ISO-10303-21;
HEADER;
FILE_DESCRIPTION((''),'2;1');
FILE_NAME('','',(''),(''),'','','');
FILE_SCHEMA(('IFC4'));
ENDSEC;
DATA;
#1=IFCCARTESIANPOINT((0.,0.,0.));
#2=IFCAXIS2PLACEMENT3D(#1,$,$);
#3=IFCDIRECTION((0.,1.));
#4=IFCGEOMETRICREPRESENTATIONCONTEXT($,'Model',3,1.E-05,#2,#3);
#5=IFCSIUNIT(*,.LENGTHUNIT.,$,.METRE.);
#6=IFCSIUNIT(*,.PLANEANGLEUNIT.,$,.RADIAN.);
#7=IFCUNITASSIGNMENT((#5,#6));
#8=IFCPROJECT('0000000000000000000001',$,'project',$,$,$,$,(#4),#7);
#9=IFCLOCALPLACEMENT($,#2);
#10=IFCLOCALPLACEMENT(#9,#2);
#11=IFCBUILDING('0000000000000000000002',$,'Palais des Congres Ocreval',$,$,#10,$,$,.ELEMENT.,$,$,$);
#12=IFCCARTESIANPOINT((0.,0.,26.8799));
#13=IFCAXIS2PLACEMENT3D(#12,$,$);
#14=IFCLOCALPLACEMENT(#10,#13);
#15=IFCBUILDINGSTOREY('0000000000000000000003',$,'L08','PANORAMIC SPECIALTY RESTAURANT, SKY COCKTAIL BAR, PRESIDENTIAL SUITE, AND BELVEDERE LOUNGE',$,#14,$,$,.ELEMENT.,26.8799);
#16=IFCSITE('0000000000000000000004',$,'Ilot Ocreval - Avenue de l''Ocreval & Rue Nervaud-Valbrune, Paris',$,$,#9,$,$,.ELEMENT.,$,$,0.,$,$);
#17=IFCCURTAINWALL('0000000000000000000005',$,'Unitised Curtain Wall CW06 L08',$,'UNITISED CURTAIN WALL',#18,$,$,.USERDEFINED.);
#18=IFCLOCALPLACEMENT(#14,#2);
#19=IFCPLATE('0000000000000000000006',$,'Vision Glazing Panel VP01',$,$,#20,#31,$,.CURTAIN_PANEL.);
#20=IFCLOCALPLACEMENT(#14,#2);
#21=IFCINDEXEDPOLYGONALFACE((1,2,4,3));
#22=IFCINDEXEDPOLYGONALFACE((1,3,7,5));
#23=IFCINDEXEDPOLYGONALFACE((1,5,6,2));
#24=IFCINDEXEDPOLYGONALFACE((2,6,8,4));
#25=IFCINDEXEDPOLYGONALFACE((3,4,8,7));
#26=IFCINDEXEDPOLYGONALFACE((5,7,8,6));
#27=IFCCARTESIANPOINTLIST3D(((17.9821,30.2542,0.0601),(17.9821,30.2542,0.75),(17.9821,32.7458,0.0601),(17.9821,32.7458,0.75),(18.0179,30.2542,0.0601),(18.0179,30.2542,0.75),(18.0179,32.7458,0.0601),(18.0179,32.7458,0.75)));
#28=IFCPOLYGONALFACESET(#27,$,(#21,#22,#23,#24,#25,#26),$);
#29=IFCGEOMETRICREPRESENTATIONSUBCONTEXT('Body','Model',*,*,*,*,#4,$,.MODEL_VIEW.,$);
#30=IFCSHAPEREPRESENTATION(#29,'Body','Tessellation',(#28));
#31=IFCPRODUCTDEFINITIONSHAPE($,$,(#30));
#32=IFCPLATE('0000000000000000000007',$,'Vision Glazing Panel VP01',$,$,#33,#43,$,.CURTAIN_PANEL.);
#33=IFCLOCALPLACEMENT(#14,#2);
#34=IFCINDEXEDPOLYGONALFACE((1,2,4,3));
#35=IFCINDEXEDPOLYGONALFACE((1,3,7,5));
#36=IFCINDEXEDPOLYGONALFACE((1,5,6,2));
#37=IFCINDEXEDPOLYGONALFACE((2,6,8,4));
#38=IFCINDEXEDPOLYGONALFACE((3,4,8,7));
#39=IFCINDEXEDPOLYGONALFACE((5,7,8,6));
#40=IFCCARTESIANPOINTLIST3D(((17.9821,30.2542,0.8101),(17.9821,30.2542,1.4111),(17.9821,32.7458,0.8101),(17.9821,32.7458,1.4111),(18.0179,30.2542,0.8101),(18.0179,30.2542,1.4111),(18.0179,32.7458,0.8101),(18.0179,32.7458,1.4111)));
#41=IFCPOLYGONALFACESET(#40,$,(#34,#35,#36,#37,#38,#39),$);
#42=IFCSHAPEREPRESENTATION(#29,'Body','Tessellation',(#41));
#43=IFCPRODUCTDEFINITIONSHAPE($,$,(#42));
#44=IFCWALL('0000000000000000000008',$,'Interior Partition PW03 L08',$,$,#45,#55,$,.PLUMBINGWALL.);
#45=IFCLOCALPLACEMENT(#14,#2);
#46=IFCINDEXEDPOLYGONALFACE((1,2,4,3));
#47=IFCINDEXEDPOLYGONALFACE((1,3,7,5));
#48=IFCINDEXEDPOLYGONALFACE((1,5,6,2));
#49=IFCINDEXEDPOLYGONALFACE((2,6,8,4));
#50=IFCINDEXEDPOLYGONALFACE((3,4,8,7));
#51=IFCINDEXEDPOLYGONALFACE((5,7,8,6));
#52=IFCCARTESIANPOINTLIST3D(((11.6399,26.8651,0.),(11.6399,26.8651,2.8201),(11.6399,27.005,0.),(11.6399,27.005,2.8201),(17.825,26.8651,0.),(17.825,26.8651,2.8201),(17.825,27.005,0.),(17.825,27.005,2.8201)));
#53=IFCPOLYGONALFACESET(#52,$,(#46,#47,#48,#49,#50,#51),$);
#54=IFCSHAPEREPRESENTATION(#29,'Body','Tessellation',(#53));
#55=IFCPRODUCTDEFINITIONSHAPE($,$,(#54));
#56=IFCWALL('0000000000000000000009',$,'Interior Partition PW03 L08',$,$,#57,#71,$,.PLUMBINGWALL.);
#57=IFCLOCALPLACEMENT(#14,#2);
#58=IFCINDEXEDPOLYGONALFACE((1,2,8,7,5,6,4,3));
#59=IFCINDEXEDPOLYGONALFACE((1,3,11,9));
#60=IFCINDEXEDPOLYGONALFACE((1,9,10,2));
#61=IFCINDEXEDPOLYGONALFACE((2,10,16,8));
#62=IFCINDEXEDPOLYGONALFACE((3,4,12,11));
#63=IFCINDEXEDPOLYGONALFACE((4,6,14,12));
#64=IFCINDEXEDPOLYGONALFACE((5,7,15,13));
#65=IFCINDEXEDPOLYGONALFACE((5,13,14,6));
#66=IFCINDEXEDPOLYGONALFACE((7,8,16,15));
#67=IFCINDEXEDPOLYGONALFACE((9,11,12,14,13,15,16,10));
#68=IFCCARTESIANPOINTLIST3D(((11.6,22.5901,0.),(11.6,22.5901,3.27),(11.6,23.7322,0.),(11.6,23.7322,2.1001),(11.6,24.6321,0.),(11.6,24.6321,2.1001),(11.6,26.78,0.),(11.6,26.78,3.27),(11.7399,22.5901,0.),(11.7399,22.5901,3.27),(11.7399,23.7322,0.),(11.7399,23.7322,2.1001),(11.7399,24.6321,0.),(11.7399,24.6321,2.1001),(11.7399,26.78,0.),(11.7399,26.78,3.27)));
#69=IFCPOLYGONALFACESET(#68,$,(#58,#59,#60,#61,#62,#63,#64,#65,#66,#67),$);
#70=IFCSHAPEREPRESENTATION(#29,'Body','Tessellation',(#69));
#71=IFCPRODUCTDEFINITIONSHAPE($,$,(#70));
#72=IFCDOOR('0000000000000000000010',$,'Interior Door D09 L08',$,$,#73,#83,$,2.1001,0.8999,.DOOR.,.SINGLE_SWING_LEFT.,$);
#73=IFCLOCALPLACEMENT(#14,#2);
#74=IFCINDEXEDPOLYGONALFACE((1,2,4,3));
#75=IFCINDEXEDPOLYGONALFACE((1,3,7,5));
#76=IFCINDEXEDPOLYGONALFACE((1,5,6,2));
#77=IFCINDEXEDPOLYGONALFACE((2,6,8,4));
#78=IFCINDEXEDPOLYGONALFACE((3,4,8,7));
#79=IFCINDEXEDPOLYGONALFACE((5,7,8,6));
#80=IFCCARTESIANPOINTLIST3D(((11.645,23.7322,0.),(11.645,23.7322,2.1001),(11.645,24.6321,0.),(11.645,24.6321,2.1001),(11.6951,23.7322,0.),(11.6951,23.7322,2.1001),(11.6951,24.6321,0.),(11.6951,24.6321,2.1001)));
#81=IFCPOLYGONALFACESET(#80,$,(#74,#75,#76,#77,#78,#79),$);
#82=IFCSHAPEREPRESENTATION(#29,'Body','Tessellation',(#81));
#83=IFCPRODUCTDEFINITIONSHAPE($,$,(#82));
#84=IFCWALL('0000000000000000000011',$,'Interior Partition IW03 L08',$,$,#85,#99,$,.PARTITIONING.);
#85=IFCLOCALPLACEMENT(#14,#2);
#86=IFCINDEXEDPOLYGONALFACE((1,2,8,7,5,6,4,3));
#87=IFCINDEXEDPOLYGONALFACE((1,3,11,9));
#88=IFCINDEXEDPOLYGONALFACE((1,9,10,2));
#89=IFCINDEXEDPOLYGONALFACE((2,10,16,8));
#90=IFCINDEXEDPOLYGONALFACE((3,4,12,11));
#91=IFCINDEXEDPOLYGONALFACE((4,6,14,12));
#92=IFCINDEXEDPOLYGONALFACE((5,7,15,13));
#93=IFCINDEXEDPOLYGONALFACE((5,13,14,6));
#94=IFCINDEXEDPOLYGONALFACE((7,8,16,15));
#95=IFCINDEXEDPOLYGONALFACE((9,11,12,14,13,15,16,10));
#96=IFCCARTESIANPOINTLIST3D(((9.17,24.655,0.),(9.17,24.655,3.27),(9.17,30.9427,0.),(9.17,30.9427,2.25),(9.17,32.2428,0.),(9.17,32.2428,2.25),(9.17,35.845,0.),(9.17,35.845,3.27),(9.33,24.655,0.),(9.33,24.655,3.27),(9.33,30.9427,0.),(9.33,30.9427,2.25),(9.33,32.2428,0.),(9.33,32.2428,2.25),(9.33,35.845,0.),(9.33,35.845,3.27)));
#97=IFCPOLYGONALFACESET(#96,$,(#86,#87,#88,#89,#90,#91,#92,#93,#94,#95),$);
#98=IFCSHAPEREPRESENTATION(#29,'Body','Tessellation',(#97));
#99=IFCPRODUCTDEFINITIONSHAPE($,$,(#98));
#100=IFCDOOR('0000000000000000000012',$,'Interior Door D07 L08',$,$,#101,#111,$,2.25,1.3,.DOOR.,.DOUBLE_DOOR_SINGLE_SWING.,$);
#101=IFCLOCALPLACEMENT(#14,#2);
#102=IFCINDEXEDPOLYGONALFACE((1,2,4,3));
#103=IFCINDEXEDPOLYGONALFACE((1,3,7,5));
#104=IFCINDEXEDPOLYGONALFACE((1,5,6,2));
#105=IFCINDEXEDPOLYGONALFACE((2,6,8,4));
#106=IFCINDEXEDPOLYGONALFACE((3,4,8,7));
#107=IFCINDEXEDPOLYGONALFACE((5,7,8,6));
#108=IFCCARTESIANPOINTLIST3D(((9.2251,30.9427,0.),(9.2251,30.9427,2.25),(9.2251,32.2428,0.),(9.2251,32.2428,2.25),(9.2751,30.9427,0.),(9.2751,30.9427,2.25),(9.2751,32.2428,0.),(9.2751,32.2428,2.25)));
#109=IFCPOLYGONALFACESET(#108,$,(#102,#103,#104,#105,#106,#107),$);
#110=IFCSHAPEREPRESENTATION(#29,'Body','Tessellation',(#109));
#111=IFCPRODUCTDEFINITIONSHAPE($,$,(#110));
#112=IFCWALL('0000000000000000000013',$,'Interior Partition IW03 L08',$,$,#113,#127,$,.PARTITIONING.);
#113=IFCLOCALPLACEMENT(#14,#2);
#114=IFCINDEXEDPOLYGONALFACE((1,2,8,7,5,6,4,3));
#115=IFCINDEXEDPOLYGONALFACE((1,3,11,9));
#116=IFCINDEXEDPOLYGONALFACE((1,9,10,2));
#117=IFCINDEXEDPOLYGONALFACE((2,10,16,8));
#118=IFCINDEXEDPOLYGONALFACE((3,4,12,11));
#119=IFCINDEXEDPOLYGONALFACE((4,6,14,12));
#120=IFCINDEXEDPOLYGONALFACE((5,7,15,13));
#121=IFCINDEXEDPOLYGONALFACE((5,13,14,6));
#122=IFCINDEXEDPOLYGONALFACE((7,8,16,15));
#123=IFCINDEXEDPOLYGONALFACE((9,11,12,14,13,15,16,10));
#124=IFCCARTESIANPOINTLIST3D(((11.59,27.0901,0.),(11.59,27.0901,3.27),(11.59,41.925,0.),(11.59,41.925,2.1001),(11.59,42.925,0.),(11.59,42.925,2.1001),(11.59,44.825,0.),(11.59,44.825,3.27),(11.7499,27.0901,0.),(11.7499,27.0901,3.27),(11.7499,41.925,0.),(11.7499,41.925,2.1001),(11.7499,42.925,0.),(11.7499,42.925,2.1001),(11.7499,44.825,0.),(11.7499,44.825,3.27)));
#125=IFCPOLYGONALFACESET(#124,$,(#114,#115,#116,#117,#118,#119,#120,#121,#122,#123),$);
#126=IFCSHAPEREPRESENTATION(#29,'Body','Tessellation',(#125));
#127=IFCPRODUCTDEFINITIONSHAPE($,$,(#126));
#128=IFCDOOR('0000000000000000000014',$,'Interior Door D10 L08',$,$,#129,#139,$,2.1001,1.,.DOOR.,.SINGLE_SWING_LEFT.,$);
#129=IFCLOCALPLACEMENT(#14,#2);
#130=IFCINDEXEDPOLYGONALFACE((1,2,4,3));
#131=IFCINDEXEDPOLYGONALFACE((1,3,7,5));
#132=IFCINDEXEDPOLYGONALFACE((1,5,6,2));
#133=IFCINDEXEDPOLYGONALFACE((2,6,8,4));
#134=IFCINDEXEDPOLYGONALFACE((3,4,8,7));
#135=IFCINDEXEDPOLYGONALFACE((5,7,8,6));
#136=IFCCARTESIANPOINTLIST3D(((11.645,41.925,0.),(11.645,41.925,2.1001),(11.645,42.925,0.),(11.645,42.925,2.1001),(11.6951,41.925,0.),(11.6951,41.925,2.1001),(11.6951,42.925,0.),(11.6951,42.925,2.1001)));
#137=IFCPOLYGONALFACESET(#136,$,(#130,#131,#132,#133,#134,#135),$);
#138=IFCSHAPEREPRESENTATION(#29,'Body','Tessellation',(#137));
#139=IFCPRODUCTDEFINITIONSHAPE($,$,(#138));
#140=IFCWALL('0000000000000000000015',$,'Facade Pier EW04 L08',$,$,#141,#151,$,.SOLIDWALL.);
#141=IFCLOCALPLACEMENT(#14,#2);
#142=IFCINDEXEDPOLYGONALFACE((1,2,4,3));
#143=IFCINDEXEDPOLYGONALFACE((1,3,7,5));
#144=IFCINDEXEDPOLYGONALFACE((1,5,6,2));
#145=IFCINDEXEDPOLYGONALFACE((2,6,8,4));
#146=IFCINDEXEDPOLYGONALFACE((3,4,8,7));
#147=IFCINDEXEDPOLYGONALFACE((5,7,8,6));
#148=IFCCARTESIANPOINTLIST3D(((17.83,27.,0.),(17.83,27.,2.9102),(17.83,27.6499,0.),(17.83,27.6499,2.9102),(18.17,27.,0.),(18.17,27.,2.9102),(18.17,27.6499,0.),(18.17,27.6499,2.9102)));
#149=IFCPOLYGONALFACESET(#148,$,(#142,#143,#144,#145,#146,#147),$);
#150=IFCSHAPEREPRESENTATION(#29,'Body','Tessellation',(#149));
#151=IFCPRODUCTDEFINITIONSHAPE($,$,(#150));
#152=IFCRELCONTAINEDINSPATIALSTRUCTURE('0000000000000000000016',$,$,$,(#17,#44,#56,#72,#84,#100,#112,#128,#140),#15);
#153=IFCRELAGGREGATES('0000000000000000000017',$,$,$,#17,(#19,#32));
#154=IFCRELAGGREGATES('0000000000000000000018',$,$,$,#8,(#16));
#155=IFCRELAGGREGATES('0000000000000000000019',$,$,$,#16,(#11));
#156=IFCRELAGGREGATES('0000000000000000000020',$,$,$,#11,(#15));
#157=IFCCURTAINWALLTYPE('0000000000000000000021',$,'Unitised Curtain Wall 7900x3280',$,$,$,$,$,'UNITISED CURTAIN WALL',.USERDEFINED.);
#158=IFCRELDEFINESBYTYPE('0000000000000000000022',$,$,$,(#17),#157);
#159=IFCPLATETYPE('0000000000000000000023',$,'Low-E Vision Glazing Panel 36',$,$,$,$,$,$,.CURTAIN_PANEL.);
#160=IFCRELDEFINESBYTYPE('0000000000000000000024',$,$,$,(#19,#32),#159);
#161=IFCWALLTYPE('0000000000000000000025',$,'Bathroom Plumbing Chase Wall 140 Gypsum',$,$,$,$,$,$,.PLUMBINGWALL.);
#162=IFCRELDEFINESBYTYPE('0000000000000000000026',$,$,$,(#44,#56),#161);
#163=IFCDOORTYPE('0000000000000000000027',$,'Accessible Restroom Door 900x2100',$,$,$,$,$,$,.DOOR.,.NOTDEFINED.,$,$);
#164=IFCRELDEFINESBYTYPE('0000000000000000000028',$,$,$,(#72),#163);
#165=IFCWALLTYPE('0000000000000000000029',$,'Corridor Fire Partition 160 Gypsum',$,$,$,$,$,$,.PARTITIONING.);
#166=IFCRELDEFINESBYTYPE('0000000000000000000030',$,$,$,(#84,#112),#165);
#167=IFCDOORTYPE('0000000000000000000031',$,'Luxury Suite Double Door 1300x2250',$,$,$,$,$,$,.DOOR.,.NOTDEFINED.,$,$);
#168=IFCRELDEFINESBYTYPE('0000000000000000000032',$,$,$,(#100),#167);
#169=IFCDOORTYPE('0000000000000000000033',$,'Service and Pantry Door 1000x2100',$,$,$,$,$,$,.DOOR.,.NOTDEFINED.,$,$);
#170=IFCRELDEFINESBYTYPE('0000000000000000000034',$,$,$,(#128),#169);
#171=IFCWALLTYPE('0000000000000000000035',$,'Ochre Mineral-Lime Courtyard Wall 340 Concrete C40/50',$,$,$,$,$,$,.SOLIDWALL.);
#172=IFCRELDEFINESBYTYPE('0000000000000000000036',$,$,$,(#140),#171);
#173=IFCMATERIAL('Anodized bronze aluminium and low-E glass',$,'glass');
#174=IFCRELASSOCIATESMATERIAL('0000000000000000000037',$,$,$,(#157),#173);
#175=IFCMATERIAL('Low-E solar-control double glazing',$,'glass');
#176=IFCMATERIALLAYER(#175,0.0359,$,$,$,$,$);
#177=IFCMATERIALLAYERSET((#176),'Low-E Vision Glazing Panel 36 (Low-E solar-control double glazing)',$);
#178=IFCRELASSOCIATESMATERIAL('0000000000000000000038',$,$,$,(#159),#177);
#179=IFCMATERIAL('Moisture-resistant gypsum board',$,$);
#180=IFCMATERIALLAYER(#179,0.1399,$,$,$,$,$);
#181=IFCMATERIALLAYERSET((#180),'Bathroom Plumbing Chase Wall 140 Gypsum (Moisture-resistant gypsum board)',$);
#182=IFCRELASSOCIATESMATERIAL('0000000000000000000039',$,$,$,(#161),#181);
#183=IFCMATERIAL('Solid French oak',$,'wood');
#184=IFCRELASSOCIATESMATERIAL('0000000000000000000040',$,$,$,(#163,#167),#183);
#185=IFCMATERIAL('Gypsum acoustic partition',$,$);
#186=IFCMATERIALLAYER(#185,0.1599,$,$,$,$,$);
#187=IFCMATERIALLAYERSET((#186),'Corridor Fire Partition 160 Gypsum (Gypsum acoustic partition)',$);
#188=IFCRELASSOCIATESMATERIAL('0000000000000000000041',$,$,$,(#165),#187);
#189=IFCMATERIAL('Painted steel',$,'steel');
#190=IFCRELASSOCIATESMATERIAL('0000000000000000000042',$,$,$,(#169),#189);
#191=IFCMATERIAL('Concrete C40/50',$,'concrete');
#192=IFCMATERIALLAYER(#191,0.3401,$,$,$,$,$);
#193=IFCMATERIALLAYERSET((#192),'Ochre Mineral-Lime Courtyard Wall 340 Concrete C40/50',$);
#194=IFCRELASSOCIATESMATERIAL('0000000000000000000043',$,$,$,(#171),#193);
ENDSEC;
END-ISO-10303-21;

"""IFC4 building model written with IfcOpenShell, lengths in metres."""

from ifc_helpers import new_model, si_unit, direction, frame, frame_2d, origin, origin_2d, place, context, subcontext, project, spatial, rectangle, extrude, material, layer, layer_set, type_object, element, fill, aggregate, save


model = new_model("IFC4")

# Units and contexts
model_context = context("Model", 3, precision=1e-05, world=origin(), true_north=direction((0.0, 1.0)))
body_context = subcontext(model_context, "Body", "Model", "MODEL_VIEW")
ifc_project = project(units=[si_unit("LENGTHUNIT", "METRE"), si_unit("PLANEANGLEUNIT", "RADIAN")], contexts=[model_context])

# Site, building, storey
site_placement = place(None, origin())
site = spatial("IfcSite", under=ifc_project, at=site_placement, Name="Ilot Ocreval - Avenue de l'Ocreval & Rue Nervaud-Valbrune, Paris", CompositionType="ELEMENT", RefElevation=0.0)
building_placement = place(site_placement, origin())
building = spatial("IfcBuilding", under=site, at=building_placement, Name="Palais des Congres Ocreval", CompositionType="ELEMENT")
storey_placement = place(building_placement, frame((0.0, 0.0, 26.8799)))
storey = spatial("IfcBuildingStorey", under=building, at=storey_placement, Name="L08", Description="PANORAMIC SPECIALTY RESTAURANT, SKY COCKTAIL BAR, PRESIDENTIAL SUITE, AND BELVEDERE LOUNGE", CompositionType="ELEMENT", Elevation=26.8799)

# Curtain wall
ifc_material_1 = material(Name="Anodized bronze aluminium and low-E glass", Category="glass")
curtain_wall_type = type_object("IfcCurtainWallType", Name="Unitised Curtain Wall 7900x3280", ElementType="UNITISED CURTAIN WALL", PredefinedType="USERDEFINED", material=ifc_material_1)
curtain_wall_placement = place(storey_placement, origin())
curtain_wall = element("IfcCurtainWall", 1, at=curtain_wall_placement, inside=storey, type_object=curtain_wall_type, Name="Unitised Curtain Wall CW06 L08", ObjectType="UNITISED CURTAIN WALL", PredefinedType="USERDEFINED")

# Plates
ifc_material_2 = material(Name="Low-E solar-control double glazing", Category="glass")
ifc_layer_1 = layer(ifc_material_2, 0.0359)
ifc_layer_set_1 = layer_set([ifc_layer_1], Name="Low-E Vision Glazing Panel 36 (Low-E solar-control double glazing)")
plate_type = type_object("IfcPlateType", Name="Low-E Vision Glazing Panel 36", PredefinedType="CURTAIN_PANEL", material=ifc_layer_set_1)
plate_1_placement = place(storey_placement, frame((18.0, 31.5, 0.0601), z_axis=(0.0, 0.0, 1.0), x_axis=(0.0, -1.0, 0.0)))
plate_1 = element("IfcPlate", 2, at=plate_1_placement, type_object=plate_type, Name="Vision Glazing Panel VP01", PredefinedType="CURTAIN_PANEL", context=body_context, shape_type="SweptSolid", body=[
    extrude(rectangle(XDim=2.4917, YDim=0.0359, at=origin_2d()), origin(), (0.0, 0.0, 1.0), 0.6899),
])
plate_2_placement = place(storey_placement, frame((18.0, 31.5, 0.8101), z_axis=(0.0, 0.0, 1.0), x_axis=(0.0, -1.0, 0.0)))
plate_2 = element("IfcPlate", 3, at=plate_2_placement, type_object=plate_type, Name="Vision Glazing Panel VP01", PredefinedType="CURTAIN_PANEL", context=body_context, shape_type="SweptSolid", body=[
    extrude(rectangle(XDim=2.4917, YDim=0.0359, at=origin_2d()), origin(), (0.0, 0.0, 1.0), 0.6011),
])
aggregate(curtain_wall, [plate_1, plate_2])

# Wall
ifc_material_3 = material(Name="Moisture-resistant gypsum board")
ifc_layer_2 = layer(ifc_material_3, 0.1399)
ifc_layer_set_2 = layer_set([ifc_layer_2], Name="Bathroom Plumbing Chase Wall 140 Gypsum (Moisture-resistant gypsum board)")
wall_type_1 = type_object("IfcWallType", Name="Bathroom Plumbing Chase Wall 140 Gypsum", PredefinedType="PLUMBINGWALL", material=ifc_layer_set_2)
wall_1_placement = place(storey_placement, frame((11.6399, 26.9351, 0.0), z_axis=(0.0, 0.0, 1.0), x_axis=(1.0, 0.0, 0.0)))
element("IfcWall", 4, at=wall_1_placement, inside=storey, type_object=wall_type_1, Name="Interior Partition PW03 L08", PredefinedType="PLUMBINGWALL", context=body_context, shape_type="SweptSolid", body=[
    extrude(rectangle(XDim=6.1851, YDim=0.1399, at=frame_2d((3.0925, 0.0))), origin(), (0.0, 0.0, 1.0), 2.8201),
])

# Walls, openings, doors
wall_2_placement = place(storey_placement, frame((11.6699, 22.5901, 0.0), z_axis=(0.0, 0.0, 1.0), x_axis=(0.0, 1.0, 0.0)))
wall_2 = element("IfcWall", 5, at=wall_2_placement, inside=storey, type_object=wall_type_1, Name="Interior Partition PW03 L08", PredefinedType="PLUMBINGWALL", context=body_context, shape_type="SweptSolid", body=[
    extrude(rectangle(XDim=4.1899, YDim=0.1399, at=frame_2d((2.095, 0.0))), origin(), (0.0, 0.0, 1.0), 3.27),
])
opening_1_placement = place(wall_2_placement, frame((1.1421, 0.0, 0.0)))
opening_1 = element("IfcOpeningElement", 6, at=opening_1_placement, cuts=wall_2, PredefinedType="OPENING", context=body_context, shape_type="SweptSolid", body=[
    extrude(rectangle(XDim=0.8999, YDim=2.1001, at=frame_2d((0.45, 1.05))), frame((0.0, 0.0798, 0.0), z_axis=(0.0, -1.0, 0.0), x_axis=(1.0, 0.0, 0.0)), (0.0, 0.0, 1.0), 0.1599),
])
ifc_material_4 = material(Name="Solid French oak", Category="wood")
door_type_1 = type_object("IfcDoorType", Name="Accessible Restroom Door 900x2100", OperationType="NOTDEFINED", PredefinedType="DOOR", material=ifc_material_4)
door_1_placement = place(opening_1_placement, origin())
door_1 = element("IfcDoor", 7, at=door_1_placement, inside=storey, type_object=door_type_1, Name="Interior Door D09 L08", OperationType="SINGLE_SWING_LEFT", OverallHeight=2.1001, OverallWidth=0.8999, PredefinedType="DOOR", context=body_context, shape_type="SweptSolid", body=[
    extrude(rectangle(XDim=0.8999, YDim=2.1001, at=frame_2d((0.45, 1.05))), frame((0.0, 0.0249, 0.0), z_axis=(0.0, -1.0, 0.0), x_axis=(1.0, 0.0, 0.0)), (0.0, 0.0, 1.0), 0.05),
])
fill(opening_1, door_1)
ifc_material_5 = material(Name="Gypsum acoustic partition")
ifc_layer_3 = layer(ifc_material_5, 0.1599)
ifc_layer_set_3 = layer_set([ifc_layer_3], Name="Corridor Fire Partition 160 Gypsum (Gypsum acoustic partition)")
wall_type_2 = type_object("IfcWallType", Name="Corridor Fire Partition 160 Gypsum", PredefinedType="PARTITIONING", material=ifc_layer_set_3)
wall_3_placement = place(storey_placement, frame((9.25, 24.655, 0.0), z_axis=(0.0, 0.0, 1.0), x_axis=(0.0, 1.0, 0.0)))
wall_3 = element("IfcWall", 8, at=wall_3_placement, inside=storey, type_object=wall_type_2, Name="Interior Partition IW03 L08", PredefinedType="PARTITIONING", context=body_context, shape_type="SweptSolid", body=[
    extrude(rectangle(XDim=11.1899, YDim=0.1599, at=frame_2d((5.595, 0.0))), origin(), (0.0, 0.0, 1.0), 3.27),
])
opening_2_placement = place(wall_3_placement, frame((6.2878, 0.0, 0.0)))
opening_2 = element("IfcOpeningElement", 9, at=opening_2_placement, cuts=wall_3, PredefinedType="OPENING", context=body_context, shape_type="SweptSolid", body=[
    extrude(rectangle(XDim=1.3, YDim=2.25, at=frame_2d((0.6499, 1.125))), frame((0.0, 0.0898, 0.0), z_axis=(0.0, -1.0, 0.0), x_axis=(1.0, 0.0, 0.0)), (0.0, 0.0, 1.0), 0.1799),
])
door_type_2 = type_object("IfcDoorType", Name="Luxury Suite Double Door 1300x2250", OperationType="NOTDEFINED", PredefinedType="DOOR", material=ifc_material_4)
door_2_placement = place(opening_2_placement, origin())
door_2 = element("IfcDoor", 10, at=door_2_placement, inside=storey, type_object=door_type_2, Name="Interior Door D07 L08", OperationType="DOUBLE_DOOR_SINGLE_SWING", OverallHeight=2.25, OverallWidth=1.3, PredefinedType="DOOR", context=body_context, shape_type="SweptSolid", body=[
    extrude(rectangle(XDim=1.3, YDim=2.25, at=frame_2d((0.6499, 1.125))), frame((0.0, 0.0249, 0.0), z_axis=(0.0, -1.0, 0.0), x_axis=(1.0, 0.0, 0.0)), (0.0, 0.0, 1.0), 0.05),
])
fill(opening_2, door_2)
wall_4_placement = place(storey_placement, frame((11.6699, 27.0901, 0.0), z_axis=(0.0, 0.0, 1.0), x_axis=(0.0, 1.0, 0.0)))
wall_4 = element("IfcWall", 11, at=wall_4_placement, inside=storey, type_object=wall_type_2, Name="Interior Partition IW03 L08", PredefinedType="PARTITIONING", context=body_context, shape_type="SweptSolid", body=[
    extrude(rectangle(XDim=17.7349, YDim=0.1599, at=frame_2d((8.8674, 0.0))), origin(), (0.0, 0.0, 1.0), 3.27),
])
opening_3_placement = place(wall_4_placement, frame((14.835, 0.0, 0.0)))
opening_3 = element("IfcOpeningElement", 12, at=opening_3_placement, cuts=wall_4, PredefinedType="OPENING", context=body_context, shape_type="SweptSolid", body=[
    extrude(rectangle(XDim=1.0, YDim=2.1001, at=frame_2d((0.5, 1.05))), frame((0.0, 0.0898, 0.0), z_axis=(0.0, -1.0, 0.0), x_axis=(1.0, 0.0, 0.0)), (0.0, 0.0, 1.0), 0.1799),
])
ifc_material_6 = material(Name="Painted steel", Category="steel")
door_type_3 = type_object("IfcDoorType", Name="Service and Pantry Door 1000x2100", OperationType="NOTDEFINED", PredefinedType="DOOR", material=ifc_material_6)
door_3_placement = place(opening_3_placement, origin())
door_3 = element("IfcDoor", 13, at=door_3_placement, inside=storey, type_object=door_type_3, Name="Interior Door D10 L08", OperationType="SINGLE_SWING_LEFT", OverallHeight=2.1001, OverallWidth=1.0, PredefinedType="DOOR", context=body_context, shape_type="SweptSolid", body=[
    extrude(rectangle(XDim=1.0, YDim=2.1001, at=frame_2d((0.5, 1.05))), frame((0.0, 0.0249, 0.0), z_axis=(0.0, -1.0, 0.0), x_axis=(1.0, 0.0, 0.0)), (0.0, 0.0, 1.0), 0.05),
])
fill(opening_3, door_3)

# Wall
ifc_material_7 = material(Name="Concrete C40/50", Category="concrete")
ifc_layer_4 = layer(ifc_material_7, 0.3401)
ifc_layer_set_4 = layer_set([ifc_layer_4], Name="Ochre Mineral-Lime Courtyard Wall 340 Concrete C40/50")
wall_type_3 = type_object("IfcWallType", Name="Ochre Mineral-Lime Courtyard Wall 340 Concrete C40/50", PredefinedType="SOLIDWALL", material=ifc_layer_set_4)
wall_5_placement = place(storey_placement, frame((18.0, 27.6499, 0.0), z_axis=(0.0, 0.0, 1.0), x_axis=(0.0, -1.0, 0.0)))
element("IfcWall", 14, at=wall_5_placement, inside=storey, type_object=wall_type_3, Name="Facade Pier EW04 L08", PredefinedType="SOLIDWALL", context=body_context, shape_type="SweptSolid", body=[
    extrude(rectangle(XDim=0.6499, YDim=0.3401, at=frame_2d((0.325, 0.0))), origin(), (0.0, 0.0, 1.0), 2.9102),
])

save(model, "model.ifc")
